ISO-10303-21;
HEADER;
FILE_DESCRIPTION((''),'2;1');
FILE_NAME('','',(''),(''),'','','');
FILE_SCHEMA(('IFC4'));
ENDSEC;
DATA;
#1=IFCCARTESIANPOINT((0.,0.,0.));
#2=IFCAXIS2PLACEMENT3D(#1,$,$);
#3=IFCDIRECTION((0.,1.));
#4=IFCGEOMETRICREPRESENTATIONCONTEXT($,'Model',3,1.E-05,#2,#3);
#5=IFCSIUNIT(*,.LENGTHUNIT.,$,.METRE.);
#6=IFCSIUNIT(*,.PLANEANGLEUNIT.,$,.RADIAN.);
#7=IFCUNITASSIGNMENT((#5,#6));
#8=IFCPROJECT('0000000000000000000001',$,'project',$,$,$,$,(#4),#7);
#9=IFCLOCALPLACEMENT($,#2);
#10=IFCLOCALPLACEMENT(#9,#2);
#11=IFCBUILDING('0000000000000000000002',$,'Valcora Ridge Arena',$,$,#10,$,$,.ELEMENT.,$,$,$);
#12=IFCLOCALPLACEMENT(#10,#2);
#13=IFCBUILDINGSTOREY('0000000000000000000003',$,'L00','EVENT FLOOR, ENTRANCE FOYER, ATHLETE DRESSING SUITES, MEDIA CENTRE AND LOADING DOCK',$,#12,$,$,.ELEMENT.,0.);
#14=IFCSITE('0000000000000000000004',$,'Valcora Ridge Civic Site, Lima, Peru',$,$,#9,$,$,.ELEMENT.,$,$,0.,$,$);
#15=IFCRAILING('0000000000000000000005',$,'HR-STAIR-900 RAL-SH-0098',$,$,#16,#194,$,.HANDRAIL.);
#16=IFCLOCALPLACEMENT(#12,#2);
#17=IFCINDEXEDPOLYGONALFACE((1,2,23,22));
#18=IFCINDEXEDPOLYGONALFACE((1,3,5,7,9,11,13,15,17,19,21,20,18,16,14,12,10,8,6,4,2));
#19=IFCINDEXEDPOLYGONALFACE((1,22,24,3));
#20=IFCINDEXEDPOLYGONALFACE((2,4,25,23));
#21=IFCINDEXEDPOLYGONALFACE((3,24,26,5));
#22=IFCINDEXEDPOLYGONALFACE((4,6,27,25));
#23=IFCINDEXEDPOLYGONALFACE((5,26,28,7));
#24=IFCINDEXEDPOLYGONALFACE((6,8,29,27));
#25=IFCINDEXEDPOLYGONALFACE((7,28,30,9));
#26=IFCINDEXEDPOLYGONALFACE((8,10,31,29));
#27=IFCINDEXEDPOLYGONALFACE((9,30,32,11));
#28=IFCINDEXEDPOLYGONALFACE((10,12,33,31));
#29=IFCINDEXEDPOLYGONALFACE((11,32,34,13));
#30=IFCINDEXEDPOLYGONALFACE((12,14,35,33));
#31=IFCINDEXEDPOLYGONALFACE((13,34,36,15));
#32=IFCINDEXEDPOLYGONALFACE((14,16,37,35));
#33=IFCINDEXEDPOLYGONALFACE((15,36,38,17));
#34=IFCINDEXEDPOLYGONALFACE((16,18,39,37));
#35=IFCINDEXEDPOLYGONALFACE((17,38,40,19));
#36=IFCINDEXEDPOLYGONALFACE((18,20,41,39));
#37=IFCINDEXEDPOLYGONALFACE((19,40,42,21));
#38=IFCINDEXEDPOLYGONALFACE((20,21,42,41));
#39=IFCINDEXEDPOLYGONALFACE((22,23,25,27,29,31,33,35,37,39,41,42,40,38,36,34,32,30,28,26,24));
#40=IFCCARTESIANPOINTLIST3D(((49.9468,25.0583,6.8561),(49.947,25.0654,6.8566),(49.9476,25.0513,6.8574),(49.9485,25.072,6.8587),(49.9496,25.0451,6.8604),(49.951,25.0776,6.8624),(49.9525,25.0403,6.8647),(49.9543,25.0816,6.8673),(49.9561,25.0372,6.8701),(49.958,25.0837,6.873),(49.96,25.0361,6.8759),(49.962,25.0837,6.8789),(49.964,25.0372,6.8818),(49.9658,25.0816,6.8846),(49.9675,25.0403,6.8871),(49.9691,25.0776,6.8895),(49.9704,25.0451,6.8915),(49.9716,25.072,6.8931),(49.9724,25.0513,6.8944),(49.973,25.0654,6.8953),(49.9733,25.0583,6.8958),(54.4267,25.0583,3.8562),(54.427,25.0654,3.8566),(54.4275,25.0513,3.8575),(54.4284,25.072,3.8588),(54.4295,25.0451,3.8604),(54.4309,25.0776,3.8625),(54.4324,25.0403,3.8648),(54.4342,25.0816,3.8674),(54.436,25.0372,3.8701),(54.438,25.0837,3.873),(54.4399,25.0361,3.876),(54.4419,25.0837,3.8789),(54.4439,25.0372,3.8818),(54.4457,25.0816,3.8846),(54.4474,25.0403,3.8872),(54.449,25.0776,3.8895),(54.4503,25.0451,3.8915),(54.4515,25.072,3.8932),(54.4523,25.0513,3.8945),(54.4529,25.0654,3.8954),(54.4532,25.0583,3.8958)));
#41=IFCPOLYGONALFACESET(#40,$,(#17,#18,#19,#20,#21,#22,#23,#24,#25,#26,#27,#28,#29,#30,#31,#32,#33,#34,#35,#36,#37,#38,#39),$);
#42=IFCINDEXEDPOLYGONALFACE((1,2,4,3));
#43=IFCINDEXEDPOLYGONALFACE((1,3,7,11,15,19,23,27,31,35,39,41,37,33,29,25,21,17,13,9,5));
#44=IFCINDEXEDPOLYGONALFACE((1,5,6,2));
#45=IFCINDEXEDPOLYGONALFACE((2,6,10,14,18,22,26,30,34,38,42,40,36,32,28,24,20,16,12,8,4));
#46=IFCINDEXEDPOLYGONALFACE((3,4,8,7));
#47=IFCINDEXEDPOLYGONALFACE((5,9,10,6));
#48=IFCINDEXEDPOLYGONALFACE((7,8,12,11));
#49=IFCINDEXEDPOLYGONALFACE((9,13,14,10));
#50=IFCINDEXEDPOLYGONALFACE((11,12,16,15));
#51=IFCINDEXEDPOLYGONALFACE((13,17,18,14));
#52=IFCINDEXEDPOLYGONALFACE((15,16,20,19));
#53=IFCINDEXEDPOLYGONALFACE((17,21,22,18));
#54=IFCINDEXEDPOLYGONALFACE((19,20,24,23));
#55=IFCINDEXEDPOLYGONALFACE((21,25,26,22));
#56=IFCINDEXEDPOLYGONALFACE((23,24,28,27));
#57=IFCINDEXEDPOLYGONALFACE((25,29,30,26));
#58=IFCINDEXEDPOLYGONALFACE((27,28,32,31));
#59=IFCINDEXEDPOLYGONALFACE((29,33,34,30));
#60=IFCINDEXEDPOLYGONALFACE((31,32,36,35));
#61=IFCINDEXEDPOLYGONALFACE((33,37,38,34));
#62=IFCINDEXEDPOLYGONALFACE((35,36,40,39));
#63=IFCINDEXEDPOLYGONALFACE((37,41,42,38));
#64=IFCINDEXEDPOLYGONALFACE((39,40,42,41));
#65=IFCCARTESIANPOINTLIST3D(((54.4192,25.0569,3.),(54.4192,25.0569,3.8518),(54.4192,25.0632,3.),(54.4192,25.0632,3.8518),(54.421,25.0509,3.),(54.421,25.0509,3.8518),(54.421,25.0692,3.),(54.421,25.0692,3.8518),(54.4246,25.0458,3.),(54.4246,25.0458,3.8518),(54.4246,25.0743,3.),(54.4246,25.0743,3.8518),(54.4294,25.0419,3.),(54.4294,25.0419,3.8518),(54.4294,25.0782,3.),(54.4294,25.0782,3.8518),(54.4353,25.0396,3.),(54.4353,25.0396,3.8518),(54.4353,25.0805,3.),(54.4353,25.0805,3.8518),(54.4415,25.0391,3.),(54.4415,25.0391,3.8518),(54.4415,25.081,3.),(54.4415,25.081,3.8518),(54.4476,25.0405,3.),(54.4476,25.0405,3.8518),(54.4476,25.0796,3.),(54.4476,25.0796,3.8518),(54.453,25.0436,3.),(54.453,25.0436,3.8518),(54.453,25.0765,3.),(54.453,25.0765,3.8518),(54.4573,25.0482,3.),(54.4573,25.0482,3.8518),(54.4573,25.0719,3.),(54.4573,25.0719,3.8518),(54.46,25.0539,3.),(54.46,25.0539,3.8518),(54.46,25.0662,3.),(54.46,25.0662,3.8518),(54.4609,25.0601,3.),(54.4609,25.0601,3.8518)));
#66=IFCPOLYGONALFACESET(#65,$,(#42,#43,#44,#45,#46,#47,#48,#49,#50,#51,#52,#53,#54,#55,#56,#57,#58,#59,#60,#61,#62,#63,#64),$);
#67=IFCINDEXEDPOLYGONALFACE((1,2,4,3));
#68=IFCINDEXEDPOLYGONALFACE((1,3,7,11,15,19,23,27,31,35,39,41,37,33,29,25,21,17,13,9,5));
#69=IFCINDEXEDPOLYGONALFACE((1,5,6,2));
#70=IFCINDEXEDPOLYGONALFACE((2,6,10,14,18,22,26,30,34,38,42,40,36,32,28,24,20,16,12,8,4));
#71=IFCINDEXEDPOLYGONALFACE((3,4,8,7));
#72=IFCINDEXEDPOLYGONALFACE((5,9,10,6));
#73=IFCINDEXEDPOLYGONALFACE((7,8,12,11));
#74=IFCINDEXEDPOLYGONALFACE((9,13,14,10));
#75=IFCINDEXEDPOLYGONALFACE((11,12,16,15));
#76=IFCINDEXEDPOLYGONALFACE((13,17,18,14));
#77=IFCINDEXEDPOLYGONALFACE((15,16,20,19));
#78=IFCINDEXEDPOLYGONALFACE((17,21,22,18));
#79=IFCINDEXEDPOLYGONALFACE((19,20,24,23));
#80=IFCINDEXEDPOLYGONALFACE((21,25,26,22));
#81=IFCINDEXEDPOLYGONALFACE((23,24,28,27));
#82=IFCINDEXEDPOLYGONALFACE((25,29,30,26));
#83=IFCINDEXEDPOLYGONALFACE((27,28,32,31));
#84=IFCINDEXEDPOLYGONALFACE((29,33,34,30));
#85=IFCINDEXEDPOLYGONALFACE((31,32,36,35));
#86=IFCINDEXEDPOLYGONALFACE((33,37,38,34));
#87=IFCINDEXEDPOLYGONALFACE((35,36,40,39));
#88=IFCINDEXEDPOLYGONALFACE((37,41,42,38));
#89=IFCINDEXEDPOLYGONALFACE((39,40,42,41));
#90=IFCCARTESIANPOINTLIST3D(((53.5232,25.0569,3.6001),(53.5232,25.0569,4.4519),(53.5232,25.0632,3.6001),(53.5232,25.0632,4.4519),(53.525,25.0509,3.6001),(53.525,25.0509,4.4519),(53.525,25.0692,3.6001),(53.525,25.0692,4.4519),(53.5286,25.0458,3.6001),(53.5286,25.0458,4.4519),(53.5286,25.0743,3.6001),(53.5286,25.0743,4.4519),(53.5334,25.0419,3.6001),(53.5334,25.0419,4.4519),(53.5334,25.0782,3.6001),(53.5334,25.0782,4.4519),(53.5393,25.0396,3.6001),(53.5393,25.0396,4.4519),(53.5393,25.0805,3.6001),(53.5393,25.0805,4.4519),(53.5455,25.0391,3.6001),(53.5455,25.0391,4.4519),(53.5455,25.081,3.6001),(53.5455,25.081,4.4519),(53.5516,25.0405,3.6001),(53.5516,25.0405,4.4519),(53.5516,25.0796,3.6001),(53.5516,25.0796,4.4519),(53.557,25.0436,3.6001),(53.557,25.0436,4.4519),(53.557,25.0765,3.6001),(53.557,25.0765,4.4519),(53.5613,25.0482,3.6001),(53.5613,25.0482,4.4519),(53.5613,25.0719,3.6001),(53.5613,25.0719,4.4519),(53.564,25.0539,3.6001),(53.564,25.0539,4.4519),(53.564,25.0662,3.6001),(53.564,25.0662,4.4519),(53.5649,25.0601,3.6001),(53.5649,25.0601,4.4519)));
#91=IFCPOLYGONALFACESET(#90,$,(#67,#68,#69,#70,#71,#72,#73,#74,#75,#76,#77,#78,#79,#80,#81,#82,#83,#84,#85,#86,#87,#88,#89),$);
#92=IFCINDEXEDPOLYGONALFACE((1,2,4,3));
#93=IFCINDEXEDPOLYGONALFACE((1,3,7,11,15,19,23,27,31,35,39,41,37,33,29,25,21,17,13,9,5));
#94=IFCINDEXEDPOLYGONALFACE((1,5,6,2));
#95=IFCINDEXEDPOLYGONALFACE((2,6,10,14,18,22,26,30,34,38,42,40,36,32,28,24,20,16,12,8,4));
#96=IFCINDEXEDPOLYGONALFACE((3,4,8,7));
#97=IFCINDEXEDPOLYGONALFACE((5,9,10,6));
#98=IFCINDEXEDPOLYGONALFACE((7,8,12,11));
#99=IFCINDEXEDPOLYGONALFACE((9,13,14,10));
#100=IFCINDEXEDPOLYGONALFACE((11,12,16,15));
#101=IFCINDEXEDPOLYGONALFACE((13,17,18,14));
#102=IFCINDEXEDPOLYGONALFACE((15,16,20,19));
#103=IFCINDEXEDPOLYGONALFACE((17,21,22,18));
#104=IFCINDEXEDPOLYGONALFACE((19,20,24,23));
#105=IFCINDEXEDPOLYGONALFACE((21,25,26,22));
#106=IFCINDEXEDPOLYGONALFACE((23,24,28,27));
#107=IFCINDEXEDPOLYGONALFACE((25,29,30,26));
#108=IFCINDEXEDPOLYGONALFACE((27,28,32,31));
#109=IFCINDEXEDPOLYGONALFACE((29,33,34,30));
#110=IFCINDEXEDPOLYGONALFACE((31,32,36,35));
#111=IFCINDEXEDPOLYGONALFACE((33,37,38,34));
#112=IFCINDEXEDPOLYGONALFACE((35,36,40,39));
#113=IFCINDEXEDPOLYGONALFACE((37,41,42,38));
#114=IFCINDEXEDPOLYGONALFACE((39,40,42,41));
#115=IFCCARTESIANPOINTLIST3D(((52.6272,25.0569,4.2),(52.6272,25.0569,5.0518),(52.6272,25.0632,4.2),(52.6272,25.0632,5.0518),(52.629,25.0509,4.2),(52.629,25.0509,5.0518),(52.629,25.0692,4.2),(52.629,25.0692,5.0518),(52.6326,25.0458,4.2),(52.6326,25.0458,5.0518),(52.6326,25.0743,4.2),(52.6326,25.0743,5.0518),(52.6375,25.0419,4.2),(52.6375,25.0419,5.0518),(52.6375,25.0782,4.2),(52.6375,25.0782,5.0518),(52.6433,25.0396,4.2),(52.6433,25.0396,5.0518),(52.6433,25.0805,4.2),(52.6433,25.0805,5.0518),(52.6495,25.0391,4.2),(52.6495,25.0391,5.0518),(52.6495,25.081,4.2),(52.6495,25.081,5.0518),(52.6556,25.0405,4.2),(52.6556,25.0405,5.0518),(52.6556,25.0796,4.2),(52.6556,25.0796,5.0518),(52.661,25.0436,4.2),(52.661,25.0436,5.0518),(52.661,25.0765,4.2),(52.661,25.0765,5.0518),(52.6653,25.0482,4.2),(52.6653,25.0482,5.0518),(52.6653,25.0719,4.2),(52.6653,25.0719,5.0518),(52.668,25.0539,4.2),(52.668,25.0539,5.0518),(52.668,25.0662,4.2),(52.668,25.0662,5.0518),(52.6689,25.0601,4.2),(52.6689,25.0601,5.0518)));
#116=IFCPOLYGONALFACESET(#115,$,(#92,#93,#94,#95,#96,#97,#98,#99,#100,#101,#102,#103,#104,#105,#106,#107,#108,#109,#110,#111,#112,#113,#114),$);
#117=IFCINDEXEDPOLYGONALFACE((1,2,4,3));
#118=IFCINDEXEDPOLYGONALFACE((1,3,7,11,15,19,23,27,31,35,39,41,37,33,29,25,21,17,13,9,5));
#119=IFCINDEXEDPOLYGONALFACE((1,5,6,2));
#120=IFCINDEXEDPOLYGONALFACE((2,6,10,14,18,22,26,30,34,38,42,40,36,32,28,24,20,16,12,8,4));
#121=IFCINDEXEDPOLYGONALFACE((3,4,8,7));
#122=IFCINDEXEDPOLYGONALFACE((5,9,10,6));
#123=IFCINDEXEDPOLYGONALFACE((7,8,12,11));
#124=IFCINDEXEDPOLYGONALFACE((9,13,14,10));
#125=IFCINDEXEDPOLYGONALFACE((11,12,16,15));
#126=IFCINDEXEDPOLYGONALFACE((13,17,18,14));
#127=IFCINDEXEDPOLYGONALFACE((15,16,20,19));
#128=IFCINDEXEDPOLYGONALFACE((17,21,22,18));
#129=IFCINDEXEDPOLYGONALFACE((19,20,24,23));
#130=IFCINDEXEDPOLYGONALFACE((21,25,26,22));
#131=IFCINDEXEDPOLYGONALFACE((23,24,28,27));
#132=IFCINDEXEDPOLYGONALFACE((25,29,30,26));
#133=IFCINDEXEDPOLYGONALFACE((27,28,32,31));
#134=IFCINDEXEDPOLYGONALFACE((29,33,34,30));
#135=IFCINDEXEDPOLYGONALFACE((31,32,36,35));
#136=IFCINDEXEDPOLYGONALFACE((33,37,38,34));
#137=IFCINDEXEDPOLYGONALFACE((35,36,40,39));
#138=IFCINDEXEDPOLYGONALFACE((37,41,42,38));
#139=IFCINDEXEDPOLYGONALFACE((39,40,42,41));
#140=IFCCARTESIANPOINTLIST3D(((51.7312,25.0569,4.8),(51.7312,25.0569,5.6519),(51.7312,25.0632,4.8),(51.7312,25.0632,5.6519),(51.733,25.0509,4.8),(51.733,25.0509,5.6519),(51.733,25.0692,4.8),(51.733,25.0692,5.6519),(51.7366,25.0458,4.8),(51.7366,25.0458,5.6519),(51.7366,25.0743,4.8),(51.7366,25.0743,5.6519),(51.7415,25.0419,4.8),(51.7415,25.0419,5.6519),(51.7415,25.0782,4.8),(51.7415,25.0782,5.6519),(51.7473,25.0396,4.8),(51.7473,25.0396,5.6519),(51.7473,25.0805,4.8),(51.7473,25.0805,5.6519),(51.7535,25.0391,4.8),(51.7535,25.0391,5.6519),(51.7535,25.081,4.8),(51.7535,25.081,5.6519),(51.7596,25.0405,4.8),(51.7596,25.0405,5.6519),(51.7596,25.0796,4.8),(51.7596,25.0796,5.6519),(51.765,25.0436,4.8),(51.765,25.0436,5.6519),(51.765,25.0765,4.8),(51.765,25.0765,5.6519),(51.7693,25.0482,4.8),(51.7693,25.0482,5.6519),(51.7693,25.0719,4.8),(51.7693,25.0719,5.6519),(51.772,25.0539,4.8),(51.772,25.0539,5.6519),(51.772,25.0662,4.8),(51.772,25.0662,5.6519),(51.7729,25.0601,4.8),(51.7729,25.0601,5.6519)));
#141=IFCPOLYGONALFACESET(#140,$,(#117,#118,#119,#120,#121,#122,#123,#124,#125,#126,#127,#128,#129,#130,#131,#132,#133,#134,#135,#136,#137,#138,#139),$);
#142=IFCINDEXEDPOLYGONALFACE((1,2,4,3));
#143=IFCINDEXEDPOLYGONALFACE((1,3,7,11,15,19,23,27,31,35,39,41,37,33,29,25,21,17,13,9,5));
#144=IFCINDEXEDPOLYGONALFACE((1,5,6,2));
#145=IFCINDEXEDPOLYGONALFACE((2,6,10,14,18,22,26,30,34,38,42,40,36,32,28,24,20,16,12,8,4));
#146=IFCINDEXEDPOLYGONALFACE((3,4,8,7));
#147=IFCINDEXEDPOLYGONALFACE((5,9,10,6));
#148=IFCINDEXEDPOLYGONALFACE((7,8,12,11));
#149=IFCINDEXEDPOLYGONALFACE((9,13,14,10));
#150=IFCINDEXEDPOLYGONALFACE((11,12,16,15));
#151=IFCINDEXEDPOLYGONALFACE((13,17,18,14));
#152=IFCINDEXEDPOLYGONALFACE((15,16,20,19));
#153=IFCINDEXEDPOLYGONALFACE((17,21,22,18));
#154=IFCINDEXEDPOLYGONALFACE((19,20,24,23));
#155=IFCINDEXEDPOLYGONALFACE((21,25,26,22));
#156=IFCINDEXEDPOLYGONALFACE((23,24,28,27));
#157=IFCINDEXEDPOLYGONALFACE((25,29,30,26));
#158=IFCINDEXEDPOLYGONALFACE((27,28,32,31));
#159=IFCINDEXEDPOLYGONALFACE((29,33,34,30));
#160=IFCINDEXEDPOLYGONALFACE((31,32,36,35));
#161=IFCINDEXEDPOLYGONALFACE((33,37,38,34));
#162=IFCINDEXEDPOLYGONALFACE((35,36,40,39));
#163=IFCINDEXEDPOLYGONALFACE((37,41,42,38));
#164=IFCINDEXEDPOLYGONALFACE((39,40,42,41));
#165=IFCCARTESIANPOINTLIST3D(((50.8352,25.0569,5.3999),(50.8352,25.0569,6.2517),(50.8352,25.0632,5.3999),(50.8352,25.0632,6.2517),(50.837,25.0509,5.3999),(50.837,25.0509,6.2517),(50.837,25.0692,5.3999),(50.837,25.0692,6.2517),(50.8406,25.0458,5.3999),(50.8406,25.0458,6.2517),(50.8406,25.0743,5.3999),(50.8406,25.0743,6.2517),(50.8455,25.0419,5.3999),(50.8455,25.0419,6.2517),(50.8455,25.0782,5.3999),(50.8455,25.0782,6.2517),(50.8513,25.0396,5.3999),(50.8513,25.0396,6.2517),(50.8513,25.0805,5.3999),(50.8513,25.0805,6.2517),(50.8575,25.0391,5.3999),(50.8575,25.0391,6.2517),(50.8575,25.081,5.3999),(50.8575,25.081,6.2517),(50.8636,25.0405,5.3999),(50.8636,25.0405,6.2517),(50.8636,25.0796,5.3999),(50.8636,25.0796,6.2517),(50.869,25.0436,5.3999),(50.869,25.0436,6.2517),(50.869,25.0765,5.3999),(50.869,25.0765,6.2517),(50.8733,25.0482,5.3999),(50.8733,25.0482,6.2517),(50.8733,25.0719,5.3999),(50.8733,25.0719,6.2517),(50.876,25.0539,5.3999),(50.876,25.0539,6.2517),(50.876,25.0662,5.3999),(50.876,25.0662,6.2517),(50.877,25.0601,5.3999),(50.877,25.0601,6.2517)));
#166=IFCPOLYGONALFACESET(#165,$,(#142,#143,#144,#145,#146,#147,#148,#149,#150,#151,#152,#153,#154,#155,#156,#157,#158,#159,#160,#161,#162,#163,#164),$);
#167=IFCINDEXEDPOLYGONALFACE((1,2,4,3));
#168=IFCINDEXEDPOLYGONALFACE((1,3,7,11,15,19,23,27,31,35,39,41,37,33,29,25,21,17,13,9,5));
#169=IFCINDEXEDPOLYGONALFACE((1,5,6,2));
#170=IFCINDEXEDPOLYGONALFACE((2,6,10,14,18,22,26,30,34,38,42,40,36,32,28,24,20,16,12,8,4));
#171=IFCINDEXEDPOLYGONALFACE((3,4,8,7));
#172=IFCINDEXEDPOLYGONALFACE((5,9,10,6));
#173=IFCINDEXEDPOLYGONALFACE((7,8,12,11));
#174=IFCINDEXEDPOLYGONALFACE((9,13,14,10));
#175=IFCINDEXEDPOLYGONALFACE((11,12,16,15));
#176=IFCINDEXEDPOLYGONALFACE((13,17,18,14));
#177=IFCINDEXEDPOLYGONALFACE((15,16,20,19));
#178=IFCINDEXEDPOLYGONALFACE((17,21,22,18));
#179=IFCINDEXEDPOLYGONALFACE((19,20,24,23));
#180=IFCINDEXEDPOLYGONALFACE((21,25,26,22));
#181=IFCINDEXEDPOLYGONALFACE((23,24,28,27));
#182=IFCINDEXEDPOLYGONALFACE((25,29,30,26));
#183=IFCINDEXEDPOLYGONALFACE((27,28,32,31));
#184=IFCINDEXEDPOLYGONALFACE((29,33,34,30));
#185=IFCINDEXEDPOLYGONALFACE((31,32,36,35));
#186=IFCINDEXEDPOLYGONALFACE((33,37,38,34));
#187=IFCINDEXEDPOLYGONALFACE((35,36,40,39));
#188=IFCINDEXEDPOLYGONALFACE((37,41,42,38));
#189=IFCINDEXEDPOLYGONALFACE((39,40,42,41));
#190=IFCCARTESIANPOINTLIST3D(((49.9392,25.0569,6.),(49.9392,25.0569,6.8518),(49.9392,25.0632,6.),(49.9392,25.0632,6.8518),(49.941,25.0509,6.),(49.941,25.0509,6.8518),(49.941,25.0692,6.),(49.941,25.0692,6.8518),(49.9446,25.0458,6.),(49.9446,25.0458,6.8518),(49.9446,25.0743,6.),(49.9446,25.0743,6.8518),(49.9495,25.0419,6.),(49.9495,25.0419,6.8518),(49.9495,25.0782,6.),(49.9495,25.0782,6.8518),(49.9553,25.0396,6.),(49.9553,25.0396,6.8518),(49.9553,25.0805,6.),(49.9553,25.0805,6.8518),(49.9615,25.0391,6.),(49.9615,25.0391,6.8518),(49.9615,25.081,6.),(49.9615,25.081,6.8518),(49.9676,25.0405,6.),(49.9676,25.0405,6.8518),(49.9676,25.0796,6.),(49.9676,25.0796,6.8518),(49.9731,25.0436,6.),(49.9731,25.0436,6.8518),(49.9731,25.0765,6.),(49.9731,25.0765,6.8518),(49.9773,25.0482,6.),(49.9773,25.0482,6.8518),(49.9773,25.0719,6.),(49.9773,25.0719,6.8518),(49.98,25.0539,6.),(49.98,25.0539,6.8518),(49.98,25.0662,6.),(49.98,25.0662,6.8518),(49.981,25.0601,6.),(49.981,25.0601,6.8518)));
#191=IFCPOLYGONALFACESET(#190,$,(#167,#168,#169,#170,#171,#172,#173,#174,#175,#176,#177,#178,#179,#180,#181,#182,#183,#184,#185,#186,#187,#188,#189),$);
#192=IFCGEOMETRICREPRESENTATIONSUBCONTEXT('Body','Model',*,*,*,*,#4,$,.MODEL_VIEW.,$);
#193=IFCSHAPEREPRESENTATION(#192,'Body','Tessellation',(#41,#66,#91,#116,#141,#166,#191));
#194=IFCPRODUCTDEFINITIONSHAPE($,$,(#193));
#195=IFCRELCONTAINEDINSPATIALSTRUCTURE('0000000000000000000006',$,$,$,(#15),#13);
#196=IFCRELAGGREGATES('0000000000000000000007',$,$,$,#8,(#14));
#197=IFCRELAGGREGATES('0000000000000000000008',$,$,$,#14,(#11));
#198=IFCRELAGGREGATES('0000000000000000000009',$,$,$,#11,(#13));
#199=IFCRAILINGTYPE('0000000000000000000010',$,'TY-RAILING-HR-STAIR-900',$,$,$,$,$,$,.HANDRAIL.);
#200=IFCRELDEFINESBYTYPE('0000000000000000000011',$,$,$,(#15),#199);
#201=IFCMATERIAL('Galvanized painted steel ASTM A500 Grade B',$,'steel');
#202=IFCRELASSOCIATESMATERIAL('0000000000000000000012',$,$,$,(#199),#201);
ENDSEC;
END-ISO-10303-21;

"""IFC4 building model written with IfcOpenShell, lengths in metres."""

from ifc_helpers import new_model, si_unit, direction, frame, origin, origin_2d, place, context, subcontext, project, spatial, circle, extrude, material, type_object, element, save


model = new_model("IFC4")

# Units and contexts
model_context = context("Model", 3, precision=1e-05, world=origin(), true_north=direction((0.0, 1.0)))
body_context = subcontext(model_context, "Body", "Model", "MODEL_VIEW")
ifc_project = project(units=[si_unit("LENGTHUNIT", "METRE"), si_unit("PLANEANGLEUNIT", "RADIAN")], contexts=[model_context])

# Site, building, storey
site_placement = place(None, origin())
site = spatial("IfcSite", under=ifc_project, at=site_placement, Name="Valcora Ridge Civic Site, Lima, Peru", CompositionType="ELEMENT", RefElevation=0.0)
building_placement = place(site_placement, origin())
building = spatial("IfcBuilding", under=site, at=building_placement, Name="Valcora Ridge Arena", CompositionType="ELEMENT")
storey_placement = place(building_placement, origin())
storey = spatial("IfcBuildingStorey", under=building, at=storey_placement, Name="L00", Description="EVENT FLOOR, ENTRANCE FOYER, ATHLETE DRESSING SUITES, MEDIA CENTRE AND LOADING DOCK", CompositionType="ELEMENT", Elevation=0.0)

# Railing
ifc_material_1 = material(Name="Galvanized painted steel ASTM A500 Grade B", Category="steel")
railing_type_1 = type_object("IfcRailingType", Name="TY-RAILING-HR-STAIR-900", PredefinedType="HANDRAIL", material=ifc_material_1)
railing_1_placement = place(storey_placement, frame((54.4399, 25.0601, 3.0)))
element("IfcRailing", 1, at=railing_1_placement, inside=storey, type_object=railing_type_1, Name="HR-STAIR-900 RAL-SH-0098", PredefinedType="HANDRAIL", context=body_context, shape_type="SweptSolid", body=[
    extrude(circle(Radius=0.0239, at=origin_2d()), frame((0.0, 0.0, 0.876), z_axis=(-0.830906, 0.0, 0.556413), x_axis=(0.0, -1.0, 0.0)), (0.0, 0.0, 1.0), 5.3916),
    extrude(circle(Radius=0.021, at=origin_2d()), origin(), (0.0, 0.0, 1.0), 0.8518),
    extrude(circle(Radius=0.021, at=origin_2d()), frame((-0.896, 0.0, 0.6001)), (0.0, 0.0, 1.0), 0.8518),
    extrude(circle(Radius=0.021, at=origin_2d()), frame((-1.792, 0.0, 1.2)), (0.0, 0.0, 1.0), 0.8518),
    extrude(circle(Radius=0.021, at=origin_2d()), frame((-2.688, 0.0, 1.8)), (0.0, 0.0, 1.0), 0.8518),
    extrude(circle(Radius=0.021, at=origin_2d()), frame((-3.584, 0.0, 2.3999)), (0.0, 0.0, 1.0), 0.8518),
    extrude(circle(Radius=0.021, at=origin_2d()), frame((-4.48, 0.0, 3.0)), (0.0, 0.0, 1.0), 0.8518),
])

save(model, "model.ifc")
